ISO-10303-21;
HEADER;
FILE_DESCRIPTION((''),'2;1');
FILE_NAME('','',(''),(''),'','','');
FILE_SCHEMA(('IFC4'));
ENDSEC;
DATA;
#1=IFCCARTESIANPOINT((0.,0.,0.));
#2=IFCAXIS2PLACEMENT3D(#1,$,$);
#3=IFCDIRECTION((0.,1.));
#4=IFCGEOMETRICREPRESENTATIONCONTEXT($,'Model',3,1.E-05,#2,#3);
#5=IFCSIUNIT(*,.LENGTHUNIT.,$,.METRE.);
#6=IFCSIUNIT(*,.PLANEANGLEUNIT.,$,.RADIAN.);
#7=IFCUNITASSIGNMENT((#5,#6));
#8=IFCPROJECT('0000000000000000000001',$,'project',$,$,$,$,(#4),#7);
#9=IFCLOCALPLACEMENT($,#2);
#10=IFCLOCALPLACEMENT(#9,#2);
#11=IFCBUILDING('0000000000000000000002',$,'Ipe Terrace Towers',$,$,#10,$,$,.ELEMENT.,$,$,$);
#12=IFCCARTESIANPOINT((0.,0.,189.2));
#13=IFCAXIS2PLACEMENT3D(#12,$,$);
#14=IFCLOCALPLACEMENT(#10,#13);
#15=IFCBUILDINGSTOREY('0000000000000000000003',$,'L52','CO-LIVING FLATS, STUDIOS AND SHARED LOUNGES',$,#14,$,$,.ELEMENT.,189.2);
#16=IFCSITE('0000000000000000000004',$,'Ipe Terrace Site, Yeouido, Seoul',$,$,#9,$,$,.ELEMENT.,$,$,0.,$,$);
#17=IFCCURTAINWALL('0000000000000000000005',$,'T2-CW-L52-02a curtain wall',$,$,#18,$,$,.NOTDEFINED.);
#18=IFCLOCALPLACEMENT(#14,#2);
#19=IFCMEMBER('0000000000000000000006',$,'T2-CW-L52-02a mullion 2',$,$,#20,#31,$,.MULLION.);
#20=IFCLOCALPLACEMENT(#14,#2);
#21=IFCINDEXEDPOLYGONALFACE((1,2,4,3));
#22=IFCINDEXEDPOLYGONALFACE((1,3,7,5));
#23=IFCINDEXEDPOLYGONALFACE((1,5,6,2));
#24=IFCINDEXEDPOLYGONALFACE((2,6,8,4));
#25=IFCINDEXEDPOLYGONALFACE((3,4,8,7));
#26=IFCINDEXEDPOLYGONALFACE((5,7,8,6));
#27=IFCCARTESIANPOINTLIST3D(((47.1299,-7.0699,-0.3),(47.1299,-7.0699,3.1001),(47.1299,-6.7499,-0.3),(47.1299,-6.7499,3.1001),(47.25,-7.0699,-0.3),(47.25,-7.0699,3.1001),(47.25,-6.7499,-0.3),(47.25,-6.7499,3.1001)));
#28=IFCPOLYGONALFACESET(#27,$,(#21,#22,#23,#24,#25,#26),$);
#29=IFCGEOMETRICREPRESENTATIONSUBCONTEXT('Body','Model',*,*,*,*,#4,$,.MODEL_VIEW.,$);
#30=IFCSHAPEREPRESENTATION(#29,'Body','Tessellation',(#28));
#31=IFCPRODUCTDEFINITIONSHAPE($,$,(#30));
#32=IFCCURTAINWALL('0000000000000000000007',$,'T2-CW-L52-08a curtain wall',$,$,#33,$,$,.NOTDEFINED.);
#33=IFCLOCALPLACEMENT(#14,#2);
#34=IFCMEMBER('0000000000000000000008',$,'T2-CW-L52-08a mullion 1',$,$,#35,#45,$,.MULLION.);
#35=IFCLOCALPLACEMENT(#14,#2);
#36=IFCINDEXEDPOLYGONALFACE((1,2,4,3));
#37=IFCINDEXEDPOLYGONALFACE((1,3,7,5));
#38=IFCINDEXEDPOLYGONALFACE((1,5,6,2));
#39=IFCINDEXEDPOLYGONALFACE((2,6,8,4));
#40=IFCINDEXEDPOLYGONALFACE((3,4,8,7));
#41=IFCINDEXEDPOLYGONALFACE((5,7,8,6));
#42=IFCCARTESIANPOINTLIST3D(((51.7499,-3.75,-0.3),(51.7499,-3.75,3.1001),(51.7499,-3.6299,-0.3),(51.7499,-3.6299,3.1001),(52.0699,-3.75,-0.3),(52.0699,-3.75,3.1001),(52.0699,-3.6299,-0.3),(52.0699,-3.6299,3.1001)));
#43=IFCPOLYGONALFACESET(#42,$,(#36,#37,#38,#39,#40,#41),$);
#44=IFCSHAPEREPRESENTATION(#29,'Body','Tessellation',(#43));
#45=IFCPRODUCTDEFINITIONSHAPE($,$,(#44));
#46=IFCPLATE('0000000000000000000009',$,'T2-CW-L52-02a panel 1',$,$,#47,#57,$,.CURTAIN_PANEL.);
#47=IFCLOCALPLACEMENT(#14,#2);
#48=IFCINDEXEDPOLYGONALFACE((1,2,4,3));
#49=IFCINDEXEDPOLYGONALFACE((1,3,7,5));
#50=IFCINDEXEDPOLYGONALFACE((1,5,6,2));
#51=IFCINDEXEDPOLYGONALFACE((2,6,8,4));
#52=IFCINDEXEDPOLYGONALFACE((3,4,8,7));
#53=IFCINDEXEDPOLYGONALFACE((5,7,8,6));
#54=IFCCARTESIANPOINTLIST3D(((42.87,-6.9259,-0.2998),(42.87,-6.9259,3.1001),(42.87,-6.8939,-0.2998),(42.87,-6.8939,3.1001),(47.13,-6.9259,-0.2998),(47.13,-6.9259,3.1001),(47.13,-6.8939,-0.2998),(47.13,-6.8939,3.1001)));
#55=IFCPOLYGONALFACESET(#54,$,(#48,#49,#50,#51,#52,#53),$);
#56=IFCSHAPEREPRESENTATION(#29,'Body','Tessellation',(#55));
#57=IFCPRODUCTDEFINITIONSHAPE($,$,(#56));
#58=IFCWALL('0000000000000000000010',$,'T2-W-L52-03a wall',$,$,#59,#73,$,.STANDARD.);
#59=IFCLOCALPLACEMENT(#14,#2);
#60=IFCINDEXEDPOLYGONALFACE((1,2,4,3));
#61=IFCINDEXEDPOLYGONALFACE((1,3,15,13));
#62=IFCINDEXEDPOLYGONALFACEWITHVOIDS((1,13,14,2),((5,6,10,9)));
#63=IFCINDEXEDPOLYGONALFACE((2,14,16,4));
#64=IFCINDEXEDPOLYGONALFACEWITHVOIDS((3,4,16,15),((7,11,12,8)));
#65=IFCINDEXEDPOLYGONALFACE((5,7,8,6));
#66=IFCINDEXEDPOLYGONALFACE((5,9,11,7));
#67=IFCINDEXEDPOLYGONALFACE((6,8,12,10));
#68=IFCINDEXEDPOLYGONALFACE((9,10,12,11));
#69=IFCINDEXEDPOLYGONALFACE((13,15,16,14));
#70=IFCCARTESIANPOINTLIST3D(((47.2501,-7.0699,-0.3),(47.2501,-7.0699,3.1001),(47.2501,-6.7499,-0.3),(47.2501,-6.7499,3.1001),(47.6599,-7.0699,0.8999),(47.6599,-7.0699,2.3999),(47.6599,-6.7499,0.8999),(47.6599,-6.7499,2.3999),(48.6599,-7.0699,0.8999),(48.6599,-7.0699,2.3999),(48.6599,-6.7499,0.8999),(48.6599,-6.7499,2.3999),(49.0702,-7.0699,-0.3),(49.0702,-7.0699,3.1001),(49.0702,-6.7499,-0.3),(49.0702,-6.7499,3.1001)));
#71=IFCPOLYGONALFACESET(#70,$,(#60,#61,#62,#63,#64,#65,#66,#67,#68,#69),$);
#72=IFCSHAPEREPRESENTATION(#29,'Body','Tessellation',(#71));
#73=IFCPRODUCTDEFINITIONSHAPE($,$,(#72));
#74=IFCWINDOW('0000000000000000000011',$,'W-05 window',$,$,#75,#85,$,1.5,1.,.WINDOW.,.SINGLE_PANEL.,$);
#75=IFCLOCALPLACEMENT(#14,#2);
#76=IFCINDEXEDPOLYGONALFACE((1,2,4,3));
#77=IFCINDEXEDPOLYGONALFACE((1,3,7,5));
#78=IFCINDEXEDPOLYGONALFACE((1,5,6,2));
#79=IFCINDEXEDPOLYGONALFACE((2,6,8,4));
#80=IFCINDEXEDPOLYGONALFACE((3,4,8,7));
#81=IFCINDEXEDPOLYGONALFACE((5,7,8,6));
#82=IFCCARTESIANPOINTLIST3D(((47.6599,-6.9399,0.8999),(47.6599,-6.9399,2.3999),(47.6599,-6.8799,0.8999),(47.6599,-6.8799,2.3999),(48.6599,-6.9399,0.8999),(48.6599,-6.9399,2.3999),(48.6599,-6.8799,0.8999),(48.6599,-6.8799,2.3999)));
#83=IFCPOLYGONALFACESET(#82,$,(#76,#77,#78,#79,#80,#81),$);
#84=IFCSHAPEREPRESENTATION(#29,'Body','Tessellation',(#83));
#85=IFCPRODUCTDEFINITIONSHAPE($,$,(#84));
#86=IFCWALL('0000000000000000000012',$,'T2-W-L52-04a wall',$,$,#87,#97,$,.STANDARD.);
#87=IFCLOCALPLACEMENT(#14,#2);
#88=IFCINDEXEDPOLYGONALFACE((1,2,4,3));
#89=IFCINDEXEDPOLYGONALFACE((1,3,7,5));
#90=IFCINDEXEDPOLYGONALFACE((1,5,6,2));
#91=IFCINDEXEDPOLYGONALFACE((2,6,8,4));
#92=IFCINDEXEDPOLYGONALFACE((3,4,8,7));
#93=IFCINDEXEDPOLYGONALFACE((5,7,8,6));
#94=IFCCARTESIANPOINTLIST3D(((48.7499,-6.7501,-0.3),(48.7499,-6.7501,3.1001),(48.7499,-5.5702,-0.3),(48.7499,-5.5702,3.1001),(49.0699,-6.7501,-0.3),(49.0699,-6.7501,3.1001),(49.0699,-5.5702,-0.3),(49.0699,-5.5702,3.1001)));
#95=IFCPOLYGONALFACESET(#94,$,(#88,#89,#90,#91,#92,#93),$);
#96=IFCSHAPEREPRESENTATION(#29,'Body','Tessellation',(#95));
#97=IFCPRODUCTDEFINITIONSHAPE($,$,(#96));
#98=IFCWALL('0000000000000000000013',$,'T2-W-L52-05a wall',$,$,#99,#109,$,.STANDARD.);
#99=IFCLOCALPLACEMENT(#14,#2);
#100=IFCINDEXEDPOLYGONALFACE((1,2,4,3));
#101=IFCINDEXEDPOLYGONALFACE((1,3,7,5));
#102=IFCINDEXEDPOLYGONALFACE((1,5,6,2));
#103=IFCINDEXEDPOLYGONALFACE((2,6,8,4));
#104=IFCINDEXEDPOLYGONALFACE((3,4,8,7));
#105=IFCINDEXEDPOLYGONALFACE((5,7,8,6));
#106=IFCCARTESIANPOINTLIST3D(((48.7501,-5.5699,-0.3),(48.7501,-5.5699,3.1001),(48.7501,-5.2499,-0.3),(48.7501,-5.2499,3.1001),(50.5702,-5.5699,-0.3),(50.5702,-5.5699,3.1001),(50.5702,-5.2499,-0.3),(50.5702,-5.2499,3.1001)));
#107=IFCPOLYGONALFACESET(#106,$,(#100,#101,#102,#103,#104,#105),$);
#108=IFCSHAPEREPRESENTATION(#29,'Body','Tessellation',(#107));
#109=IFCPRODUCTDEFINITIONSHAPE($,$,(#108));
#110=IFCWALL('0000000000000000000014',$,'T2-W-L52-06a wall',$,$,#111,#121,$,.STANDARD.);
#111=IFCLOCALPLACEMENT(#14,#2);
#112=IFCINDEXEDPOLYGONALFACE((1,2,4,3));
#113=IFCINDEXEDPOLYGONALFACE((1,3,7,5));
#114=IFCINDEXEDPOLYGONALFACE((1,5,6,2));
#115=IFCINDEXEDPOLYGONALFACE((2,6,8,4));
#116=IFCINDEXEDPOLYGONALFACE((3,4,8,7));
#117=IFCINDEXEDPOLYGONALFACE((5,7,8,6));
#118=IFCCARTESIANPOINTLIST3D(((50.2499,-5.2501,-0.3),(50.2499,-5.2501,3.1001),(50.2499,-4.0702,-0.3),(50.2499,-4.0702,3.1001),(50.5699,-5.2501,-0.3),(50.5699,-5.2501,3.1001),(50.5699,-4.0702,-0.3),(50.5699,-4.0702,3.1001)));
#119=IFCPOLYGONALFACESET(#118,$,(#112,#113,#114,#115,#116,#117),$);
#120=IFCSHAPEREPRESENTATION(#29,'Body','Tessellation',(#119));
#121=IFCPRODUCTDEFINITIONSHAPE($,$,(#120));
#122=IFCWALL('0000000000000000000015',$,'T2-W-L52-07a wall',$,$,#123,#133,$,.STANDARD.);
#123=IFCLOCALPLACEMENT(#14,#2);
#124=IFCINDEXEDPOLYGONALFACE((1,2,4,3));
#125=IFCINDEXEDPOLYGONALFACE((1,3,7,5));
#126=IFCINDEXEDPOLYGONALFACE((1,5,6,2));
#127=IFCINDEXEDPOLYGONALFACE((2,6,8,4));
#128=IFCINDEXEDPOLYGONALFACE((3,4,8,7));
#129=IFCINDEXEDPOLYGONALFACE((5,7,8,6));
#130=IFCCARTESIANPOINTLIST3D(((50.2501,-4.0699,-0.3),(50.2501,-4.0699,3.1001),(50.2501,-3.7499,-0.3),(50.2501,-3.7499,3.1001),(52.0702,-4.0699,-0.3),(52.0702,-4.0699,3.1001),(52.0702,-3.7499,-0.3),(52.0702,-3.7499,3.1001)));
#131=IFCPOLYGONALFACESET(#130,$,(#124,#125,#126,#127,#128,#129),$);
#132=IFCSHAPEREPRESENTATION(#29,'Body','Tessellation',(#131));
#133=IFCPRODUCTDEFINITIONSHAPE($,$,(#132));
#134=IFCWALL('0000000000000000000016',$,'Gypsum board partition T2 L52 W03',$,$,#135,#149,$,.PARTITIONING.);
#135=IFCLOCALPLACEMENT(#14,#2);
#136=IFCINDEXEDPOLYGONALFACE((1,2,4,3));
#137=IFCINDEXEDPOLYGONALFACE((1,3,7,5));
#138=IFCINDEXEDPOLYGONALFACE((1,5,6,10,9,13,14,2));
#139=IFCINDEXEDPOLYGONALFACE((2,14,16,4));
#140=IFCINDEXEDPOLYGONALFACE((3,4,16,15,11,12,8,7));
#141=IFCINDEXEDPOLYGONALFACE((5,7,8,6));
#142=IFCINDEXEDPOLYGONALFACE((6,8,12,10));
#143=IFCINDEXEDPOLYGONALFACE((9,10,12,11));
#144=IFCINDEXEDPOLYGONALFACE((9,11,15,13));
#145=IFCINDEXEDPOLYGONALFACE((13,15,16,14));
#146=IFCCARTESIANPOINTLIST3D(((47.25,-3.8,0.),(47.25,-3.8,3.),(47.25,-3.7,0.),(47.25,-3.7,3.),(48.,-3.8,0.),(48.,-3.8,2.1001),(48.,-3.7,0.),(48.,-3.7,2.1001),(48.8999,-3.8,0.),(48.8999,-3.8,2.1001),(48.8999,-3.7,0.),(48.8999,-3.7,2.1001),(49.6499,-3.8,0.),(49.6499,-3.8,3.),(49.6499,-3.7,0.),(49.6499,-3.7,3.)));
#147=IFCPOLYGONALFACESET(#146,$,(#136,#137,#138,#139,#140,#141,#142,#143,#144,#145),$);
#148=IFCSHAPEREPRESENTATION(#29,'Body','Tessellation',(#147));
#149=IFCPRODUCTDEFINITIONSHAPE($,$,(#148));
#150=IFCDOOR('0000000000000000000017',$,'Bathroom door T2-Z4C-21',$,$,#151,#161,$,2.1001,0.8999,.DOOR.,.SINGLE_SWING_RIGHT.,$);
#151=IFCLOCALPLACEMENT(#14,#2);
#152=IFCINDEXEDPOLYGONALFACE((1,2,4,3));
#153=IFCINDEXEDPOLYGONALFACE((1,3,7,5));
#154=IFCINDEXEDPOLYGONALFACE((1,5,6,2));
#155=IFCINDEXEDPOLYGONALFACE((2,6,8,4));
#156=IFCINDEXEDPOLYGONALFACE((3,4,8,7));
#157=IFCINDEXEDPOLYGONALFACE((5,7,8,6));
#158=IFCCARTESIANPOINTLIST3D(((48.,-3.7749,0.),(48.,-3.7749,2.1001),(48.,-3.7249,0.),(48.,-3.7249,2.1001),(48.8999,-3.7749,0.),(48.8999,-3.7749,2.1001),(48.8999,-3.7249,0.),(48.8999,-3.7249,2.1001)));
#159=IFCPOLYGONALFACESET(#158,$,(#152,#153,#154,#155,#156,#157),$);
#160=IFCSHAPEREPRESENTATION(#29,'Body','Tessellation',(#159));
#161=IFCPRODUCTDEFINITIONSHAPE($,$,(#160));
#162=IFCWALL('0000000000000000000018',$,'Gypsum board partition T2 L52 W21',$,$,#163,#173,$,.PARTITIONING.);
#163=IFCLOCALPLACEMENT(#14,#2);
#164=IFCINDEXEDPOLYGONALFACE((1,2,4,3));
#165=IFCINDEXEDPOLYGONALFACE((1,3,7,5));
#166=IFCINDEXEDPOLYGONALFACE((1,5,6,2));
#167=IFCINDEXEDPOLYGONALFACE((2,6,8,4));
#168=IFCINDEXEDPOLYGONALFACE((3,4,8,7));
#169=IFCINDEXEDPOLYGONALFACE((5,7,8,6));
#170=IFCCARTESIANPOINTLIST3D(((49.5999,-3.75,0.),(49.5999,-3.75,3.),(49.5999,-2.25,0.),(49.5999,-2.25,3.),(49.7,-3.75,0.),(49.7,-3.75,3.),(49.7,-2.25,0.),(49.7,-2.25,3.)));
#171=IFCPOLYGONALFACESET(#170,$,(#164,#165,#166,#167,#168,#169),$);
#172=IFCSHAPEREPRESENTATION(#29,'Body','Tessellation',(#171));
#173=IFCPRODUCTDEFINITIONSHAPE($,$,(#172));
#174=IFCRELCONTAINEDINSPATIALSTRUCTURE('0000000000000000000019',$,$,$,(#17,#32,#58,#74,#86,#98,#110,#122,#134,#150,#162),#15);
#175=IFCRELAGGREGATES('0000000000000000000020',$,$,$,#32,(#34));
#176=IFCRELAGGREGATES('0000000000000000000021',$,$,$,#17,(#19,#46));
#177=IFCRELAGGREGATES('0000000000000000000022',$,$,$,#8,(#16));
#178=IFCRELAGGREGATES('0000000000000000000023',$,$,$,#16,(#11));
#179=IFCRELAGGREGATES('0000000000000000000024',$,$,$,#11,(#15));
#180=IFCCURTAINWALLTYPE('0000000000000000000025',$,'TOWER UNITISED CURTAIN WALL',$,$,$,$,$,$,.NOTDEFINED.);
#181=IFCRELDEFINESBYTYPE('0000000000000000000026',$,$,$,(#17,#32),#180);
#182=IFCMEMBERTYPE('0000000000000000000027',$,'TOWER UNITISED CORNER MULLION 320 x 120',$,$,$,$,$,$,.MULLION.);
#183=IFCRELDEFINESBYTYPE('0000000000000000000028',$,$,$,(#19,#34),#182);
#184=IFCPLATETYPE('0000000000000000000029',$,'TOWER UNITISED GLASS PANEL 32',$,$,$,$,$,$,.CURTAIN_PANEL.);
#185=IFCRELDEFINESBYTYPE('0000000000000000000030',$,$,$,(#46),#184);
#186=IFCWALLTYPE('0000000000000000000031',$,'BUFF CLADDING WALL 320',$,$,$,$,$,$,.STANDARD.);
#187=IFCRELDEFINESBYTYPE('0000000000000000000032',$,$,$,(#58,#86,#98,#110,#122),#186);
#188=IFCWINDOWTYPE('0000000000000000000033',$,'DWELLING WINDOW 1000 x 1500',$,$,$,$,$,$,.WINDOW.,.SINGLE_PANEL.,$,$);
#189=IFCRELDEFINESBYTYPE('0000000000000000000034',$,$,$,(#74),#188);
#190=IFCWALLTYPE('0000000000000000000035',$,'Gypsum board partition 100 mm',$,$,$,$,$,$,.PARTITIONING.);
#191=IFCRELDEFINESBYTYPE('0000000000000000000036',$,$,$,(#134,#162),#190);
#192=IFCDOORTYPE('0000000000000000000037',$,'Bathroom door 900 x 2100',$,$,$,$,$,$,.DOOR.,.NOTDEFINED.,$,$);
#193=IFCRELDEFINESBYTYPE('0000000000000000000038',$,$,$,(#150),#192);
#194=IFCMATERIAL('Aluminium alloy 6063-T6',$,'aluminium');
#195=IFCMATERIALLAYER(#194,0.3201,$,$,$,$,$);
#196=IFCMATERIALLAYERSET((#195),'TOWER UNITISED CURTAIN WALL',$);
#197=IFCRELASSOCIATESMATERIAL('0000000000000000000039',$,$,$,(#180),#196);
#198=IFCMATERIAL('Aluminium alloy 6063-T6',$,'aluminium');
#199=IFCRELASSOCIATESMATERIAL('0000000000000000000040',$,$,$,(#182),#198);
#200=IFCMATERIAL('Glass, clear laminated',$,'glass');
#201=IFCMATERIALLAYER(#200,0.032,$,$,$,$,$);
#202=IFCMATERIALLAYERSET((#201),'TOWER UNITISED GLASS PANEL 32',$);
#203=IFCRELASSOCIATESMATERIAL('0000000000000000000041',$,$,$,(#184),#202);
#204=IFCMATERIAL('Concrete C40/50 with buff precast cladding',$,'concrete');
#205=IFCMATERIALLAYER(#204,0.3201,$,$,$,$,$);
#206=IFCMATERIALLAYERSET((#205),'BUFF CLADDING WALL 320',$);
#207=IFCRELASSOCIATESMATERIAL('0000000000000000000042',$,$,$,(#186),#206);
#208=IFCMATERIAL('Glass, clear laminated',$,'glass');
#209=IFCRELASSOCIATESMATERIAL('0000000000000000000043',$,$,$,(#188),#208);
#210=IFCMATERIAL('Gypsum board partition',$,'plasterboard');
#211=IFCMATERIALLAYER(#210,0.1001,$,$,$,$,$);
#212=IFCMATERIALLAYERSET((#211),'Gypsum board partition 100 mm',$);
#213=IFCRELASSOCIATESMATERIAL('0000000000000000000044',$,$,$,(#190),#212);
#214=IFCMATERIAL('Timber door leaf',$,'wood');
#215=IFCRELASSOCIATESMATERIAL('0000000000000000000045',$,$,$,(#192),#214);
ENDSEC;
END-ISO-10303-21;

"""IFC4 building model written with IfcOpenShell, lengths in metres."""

from ifc_helpers import new_model, si_unit, direction, frame, frame_2d, origin, origin_2d, place, context, subcontext, project, spatial, rectangle, extrude, material, layer, layer_set, material_profile, profile_set, type_object, element, fill, aggregate, save


model = new_model("IFC4")

# Units and contexts
model_context = context("Model", 3, precision=1e-05, world=origin(), true_north=direction((0.0, 1.0)))
body_context = subcontext(model_context, "Body", "Model", "MODEL_VIEW")
ifc_project = project(units=[si_unit("LENGTHUNIT", "METRE"), si_unit("PLANEANGLEUNIT", "RADIAN")], contexts=[model_context])

# Site, building, storey
site_placement = place(None, origin())
site = spatial("IfcSite", under=ifc_project, at=site_placement, Name="Ipe Terrace Site, Yeouido, Seoul", CompositionType="ELEMENT", RefElevation=0.0)
building_placement = place(site_placement, origin())
building = spatial("IfcBuilding", under=site, at=building_placement, Name="Ipe Terrace Towers", CompositionType="ELEMENT")
storey_placement = place(building_placement, frame((0.0, 0.0, 189.2)))
storey = spatial("IfcBuildingStorey", under=building, at=storey_placement, Name="L52", Description="CO-LIVING FLATS, STUDIOS AND SHARED LOUNGES", CompositionType="ELEMENT", Elevation=189.2)

# Curtain wall, member
ifc_material_1 = material(Name="Aluminium alloy 6063-T6", Category="aluminium")
ifc_layer_1 = layer(ifc_material_1, 0.3201)
ifc_layer_set_1 = layer_set([ifc_layer_1], Name="TOWER UNITISED CURTAIN WALL")
curtain_wall_type = type_object("IfcCurtainWallType", Name="TOWER UNITISED CURTAIN WALL", PredefinedType="NOTDEFINED", material=ifc_layer_set_1)
curtain_wall_1_placement = place(storey_placement, origin())
curtain_wall_1 = element("IfcCurtainWall", 1, at=curtain_wall_1_placement, inside=storey, type_object=curtain_wall_type, Name="T2-CW-L52-02a curtain wall", PredefinedType="NOTDEFINED")
ifc_material_2 = material(Name="Aluminium alloy 6063-T6", Category="aluminium")
ifc_material_profile_1 = material_profile(ifc_material_2, rectangle(XDim=0.3201, YDim=0.1201, at=origin_2d()), Name="TOWER UNITISED CORNER MULLION 320 x 120")
ifc_profile_set_1 = profile_set([ifc_material_profile_1], Name="Aluminium alloy 6063-T6")
member_type = type_object("IfcMemberType", Name="TOWER UNITISED CORNER MULLION 320 x 120", PredefinedType="MULLION", material=ifc_profile_set_1)
member_1_placement = place(storey_placement, frame((47.1899, -6.9099, -0.3), z_axis=(0.0, 0.0, 1.0), x_axis=(0.0, -1.0, 0.0)))
member_1 = element("IfcMember", 2, at=member_1_placement, type_object=member_type, Name="T2-CW-L52-02a mullion 2", PredefinedType="MULLION", context=body_context, shape_type="SweptSolid", body=[
    extrude(rectangle(XDim=0.3201, YDim=0.1201, at=origin_2d()), origin(), (0.0, 0.0, 1.0), 3.4001),
])

# Curtain wall, member
curtain_wall_2_placement = place(storey_placement, origin())
curtain_wall_2 = element("IfcCurtainWall", 3, at=curtain_wall_2_placement, inside=storey, type_object=curtain_wall_type, Name="T2-CW-L52-08a curtain wall", PredefinedType="NOTDEFINED")
member_2_placement = place(storey_placement, frame((51.9099, -3.6899, -0.3), z_axis=(0.0, 0.0, 1.0), x_axis=(1.0, 0.0, 0.0)))
member_2 = element("IfcMember", 4, at=member_2_placement, type_object=member_type, Name="T2-CW-L52-08a mullion 1", PredefinedType="MULLION", context=body_context, shape_type="SweptSolid", body=[
    extrude(rectangle(XDim=0.3201, YDim=0.1201, at=origin_2d()), origin(), (0.0, 0.0, 1.0), 3.4001),
])
aggregate(curtain_wall_2, [member_2])

# Plate
ifc_material_3 = material(Name="Glass, clear laminated", Category="glass")
ifc_layer_2 = layer(ifc_material_3, 0.032)
ifc_layer_set_2 = layer_set([ifc_layer_2], Name="TOWER UNITISED GLASS PANEL 32")
plate_type = type_object("IfcPlateType", Name="TOWER UNITISED GLASS PANEL 32", PredefinedType="CURTAIN_PANEL", material=ifc_layer_set_2)
plate_placement = place(storey_placement, frame((45.0, -6.9099, -0.2998), z_axis=(0.0, 0.0, 1.0), x_axis=(1.0, 0.0, 0.0)))
plate = element("IfcPlate", 5, at=plate_placement, type_object=plate_type, Name="T2-CW-L52-02a panel 1", PredefinedType="CURTAIN_PANEL", context=body_context, shape_type="SweptSolid", body=[
    extrude(rectangle(XDim=4.26, YDim=0.032, at=origin_2d()), origin(), (0.0, 0.0, 1.0), 3.3999),
])
aggregate(curtain_wall_1, [member_1, plate])

# Wall, opening, window
ifc_material_4 = material(Name="Concrete C40/50 with buff precast cladding", Category="concrete")
ifc_layer_3 = layer(ifc_material_4, 0.3201)
ifc_layer_set_3 = layer_set([ifc_layer_3], Name="BUFF CLADDING WALL 320")
wall_type_1 = type_object("IfcWallType", Name="BUFF CLADDING WALL 320", PredefinedType="STANDARD", material=ifc_layer_set_3)
wall_1_placement = place(storey_placement, frame((47.25, -6.9099, -0.3), z_axis=(0.0, 0.0, 1.0), x_axis=(1.0, 0.0, 0.0)))
wall_1 = element("IfcWall", 6, at=wall_1_placement, inside=storey, type_object=wall_type_1, Name="T2-W-L52-03a wall", PredefinedType="STANDARD", context=body_context, shape_type="SweptSolid", body=[
    extrude(rectangle(XDim=1.8201, YDim=0.3201, at=frame_2d((0.9102, 0.0))), origin(), (0.0, 0.0, 1.0), 3.4001),
])
opening_1_placement = place(wall_1_placement, frame((0.4099, 0.0, 1.2)))
opening_1 = element("IfcOpeningElement", 7, at=opening_1_placement, cuts=wall_1, PredefinedType="OPENING", context=body_context, shape_type="SweptSolid", body=[
    extrude(rectangle(XDim=1.0, YDim=1.5, at=frame_2d((0.5, 0.75))), frame((0.0, 0.1699, 0.0), z_axis=(0.0, -1.0, 0.0), x_axis=(1.0, 0.0, 0.0)), (0.0, 0.0, 1.0), 0.3401),
])
ifc_material_5 = material(Name="Glass, clear laminated", Category="glass")
window_type = type_object("IfcWindowType", Name="DWELLING WINDOW 1000 x 1500", PartitioningType="SINGLE_PANEL", PredefinedType="WINDOW", material=ifc_material_5)
window_placement = place(opening_1_placement, origin())
window = element("IfcWindow", 8, at=window_placement, inside=storey, type_object=window_type, Name="W-05 window", OverallHeight=1.5, OverallWidth=1.0, PartitioningType="SINGLE_PANEL", PredefinedType="WINDOW", context=body_context, shape_type="SweptSolid", body=[
    extrude(rectangle(XDim=1.0, YDim=1.5, at=frame_2d((0.5, 0.75))), frame((0.0, 0.03, 0.0), z_axis=(0.0, -1.0, 0.0), x_axis=(1.0, 0.0, 0.0)), (0.0, 0.0, 1.0), 0.0601),
])
fill(opening_1, window)

# Walls
wall_2_placement = place(storey_placement, frame((48.9099, -6.75, -0.3), z_axis=(0.0, 0.0, 1.0), x_axis=(0.0, 1.0, 0.0)))
element("IfcWall", 9, at=wall_2_placement, inside=storey, type_object=wall_type_1, Name="T2-W-L52-04a wall", PredefinedType="STANDARD", context=body_context, shape_type="SweptSolid", body=[
    extrude(rectangle(XDim=1.1799, YDim=0.3201, at=frame_2d((0.5898, 0.0))), origin(), (0.0, 0.0, 1.0), 3.4001),
])
wall_3_placement = place(storey_placement, frame((48.75, -5.4099, -0.3), z_axis=(0.0, 0.0, 1.0), x_axis=(1.0, 0.0, 0.0)))
element("IfcWall", 10, at=wall_3_placement, inside=storey, type_object=wall_type_1, Name="T2-W-L52-05a wall", PredefinedType="STANDARD", context=body_context, shape_type="SweptSolid", body=[
    extrude(rectangle(XDim=1.8201, YDim=0.3201, at=frame_2d((0.9102, 0.0))), origin(), (0.0, 0.0, 1.0), 3.4001),
])
wall_4_placement = place(storey_placement, frame((50.4099, -5.25, -0.3), z_axis=(0.0, 0.0, 1.0), x_axis=(0.0, 1.0, 0.0)))
element("IfcWall", 11, at=wall_4_placement, inside=storey, type_object=wall_type_1, Name="T2-W-L52-06a wall", PredefinedType="STANDARD", context=body_context, shape_type="SweptSolid", body=[
    extrude(rectangle(XDim=1.1799, YDim=0.3201, at=frame_2d((0.5898, 0.0))), origin(), (0.0, 0.0, 1.0), 3.4001),
])
wall_5_placement = place(storey_placement, frame((50.25, -3.9099, -0.3), z_axis=(0.0, 0.0, 1.0), x_axis=(1.0, 0.0, 0.0)))
element("IfcWall", 12, at=wall_5_placement, inside=storey, type_object=wall_type_1, Name="T2-W-L52-07a wall", PredefinedType="STANDARD", context=body_context, shape_type="SweptSolid", body=[
    extrude(rectangle(XDim=1.8201, YDim=0.3201, at=frame_2d((0.9102, 0.0))), origin(), (0.0, 0.0, 1.0), 3.4001),
])

# Wall, opening, door
ifc_material_6 = material(Name="Gypsum board partition", Category="plasterboard")
ifc_layer_4 = layer(ifc_material_6, 0.1001)
ifc_layer_set_4 = layer_set([ifc_layer_4], Name="Gypsum board partition 100 mm")
wall_type_2 = type_object("IfcWallType", Name="Gypsum board partition 100 mm", PredefinedType="PARTITIONING", material=ifc_layer_set_4)
wall_6_placement = place(storey_placement, frame((49.6499, -3.75, 0.0), z_axis=(0.0, 0.0, 1.0), x_axis=(-1.0, 0.0, 0.0)))
wall_6 = element("IfcWall", 13, at=wall_6_placement, inside=storey, type_object=wall_type_2, Name="Gypsum board partition T2 L52 W03", PredefinedType="PARTITIONING", context=body_context, shape_type="SweptSolid", body=[
    extrude(rectangle(XDim=2.3999, YDim=0.1001, at=frame_2d((1.2, 0.0))), origin(), (0.0, 0.0, 1.0), 3.0),
])
opening_2_placement = place(wall_6_placement, frame((0.75, 0.0, 0.0)))
opening_2 = element("IfcOpeningElement", 14, at=opening_2_placement, cuts=wall_6, PredefinedType="OPENING", context=body_context, shape_type="SweptSolid", body=[
    extrude(rectangle(XDim=0.8999, YDim=2.1001, at=frame_2d((0.45, 1.05))), frame((0.0, 0.0601, 0.0), z_axis=(0.0, -1.0, 0.0), x_axis=(1.0, 0.0, 0.0)), (0.0, 0.0, 1.0), 0.1201),
])
ifc_material_7 = material(Name="Timber door leaf", Category="wood")
door_type_1 = type_object("IfcDoorType", Name="Bathroom door 900 x 2100", OperationType="NOTDEFINED", PredefinedType="DOOR", material=ifc_material_7)
door_1_placement = place(opening_2_placement, origin())
door_1 = element("IfcDoor", 15, at=door_1_placement, inside=storey, type_object=door_type_1, Name="Bathroom door T2-Z4C-21", OperationType="SINGLE_SWING_RIGHT", OverallHeight=2.1001, OverallWidth=0.8999, PredefinedType="DOOR", context=body_context, shape_type="SweptSolid", body=[
    extrude(rectangle(XDim=0.8999, YDim=2.1001, at=frame_2d((0.45, 1.05))), frame((0.0, 0.0249, 0.0), z_axis=(0.0, -1.0, 0.0), x_axis=(1.0, 0.0, 0.0)), (0.0, 0.0, 1.0), 0.05),
])
fill(opening_2, door_1)

# Wall
wall_7_placement = place(storey_placement, frame((49.6499, -3.75, 0.0), z_axis=(0.0, 0.0, 1.0), x_axis=(0.0, 1.0, 0.0)))
element("IfcWall", 16, at=wall_7_placement, inside=storey, type_object=wall_type_2, Name="Gypsum board partition T2 L52 W21", PredefinedType="PARTITIONING", context=body_context, shape_type="SweptSolid", body=[
    extrude(rectangle(XDim=1.5, YDim=0.1001, at=frame_2d((0.75, 0.0))), origin(), (0.0, 0.0, 1.0), 3.0),
])

save(model, "model.ifc")
